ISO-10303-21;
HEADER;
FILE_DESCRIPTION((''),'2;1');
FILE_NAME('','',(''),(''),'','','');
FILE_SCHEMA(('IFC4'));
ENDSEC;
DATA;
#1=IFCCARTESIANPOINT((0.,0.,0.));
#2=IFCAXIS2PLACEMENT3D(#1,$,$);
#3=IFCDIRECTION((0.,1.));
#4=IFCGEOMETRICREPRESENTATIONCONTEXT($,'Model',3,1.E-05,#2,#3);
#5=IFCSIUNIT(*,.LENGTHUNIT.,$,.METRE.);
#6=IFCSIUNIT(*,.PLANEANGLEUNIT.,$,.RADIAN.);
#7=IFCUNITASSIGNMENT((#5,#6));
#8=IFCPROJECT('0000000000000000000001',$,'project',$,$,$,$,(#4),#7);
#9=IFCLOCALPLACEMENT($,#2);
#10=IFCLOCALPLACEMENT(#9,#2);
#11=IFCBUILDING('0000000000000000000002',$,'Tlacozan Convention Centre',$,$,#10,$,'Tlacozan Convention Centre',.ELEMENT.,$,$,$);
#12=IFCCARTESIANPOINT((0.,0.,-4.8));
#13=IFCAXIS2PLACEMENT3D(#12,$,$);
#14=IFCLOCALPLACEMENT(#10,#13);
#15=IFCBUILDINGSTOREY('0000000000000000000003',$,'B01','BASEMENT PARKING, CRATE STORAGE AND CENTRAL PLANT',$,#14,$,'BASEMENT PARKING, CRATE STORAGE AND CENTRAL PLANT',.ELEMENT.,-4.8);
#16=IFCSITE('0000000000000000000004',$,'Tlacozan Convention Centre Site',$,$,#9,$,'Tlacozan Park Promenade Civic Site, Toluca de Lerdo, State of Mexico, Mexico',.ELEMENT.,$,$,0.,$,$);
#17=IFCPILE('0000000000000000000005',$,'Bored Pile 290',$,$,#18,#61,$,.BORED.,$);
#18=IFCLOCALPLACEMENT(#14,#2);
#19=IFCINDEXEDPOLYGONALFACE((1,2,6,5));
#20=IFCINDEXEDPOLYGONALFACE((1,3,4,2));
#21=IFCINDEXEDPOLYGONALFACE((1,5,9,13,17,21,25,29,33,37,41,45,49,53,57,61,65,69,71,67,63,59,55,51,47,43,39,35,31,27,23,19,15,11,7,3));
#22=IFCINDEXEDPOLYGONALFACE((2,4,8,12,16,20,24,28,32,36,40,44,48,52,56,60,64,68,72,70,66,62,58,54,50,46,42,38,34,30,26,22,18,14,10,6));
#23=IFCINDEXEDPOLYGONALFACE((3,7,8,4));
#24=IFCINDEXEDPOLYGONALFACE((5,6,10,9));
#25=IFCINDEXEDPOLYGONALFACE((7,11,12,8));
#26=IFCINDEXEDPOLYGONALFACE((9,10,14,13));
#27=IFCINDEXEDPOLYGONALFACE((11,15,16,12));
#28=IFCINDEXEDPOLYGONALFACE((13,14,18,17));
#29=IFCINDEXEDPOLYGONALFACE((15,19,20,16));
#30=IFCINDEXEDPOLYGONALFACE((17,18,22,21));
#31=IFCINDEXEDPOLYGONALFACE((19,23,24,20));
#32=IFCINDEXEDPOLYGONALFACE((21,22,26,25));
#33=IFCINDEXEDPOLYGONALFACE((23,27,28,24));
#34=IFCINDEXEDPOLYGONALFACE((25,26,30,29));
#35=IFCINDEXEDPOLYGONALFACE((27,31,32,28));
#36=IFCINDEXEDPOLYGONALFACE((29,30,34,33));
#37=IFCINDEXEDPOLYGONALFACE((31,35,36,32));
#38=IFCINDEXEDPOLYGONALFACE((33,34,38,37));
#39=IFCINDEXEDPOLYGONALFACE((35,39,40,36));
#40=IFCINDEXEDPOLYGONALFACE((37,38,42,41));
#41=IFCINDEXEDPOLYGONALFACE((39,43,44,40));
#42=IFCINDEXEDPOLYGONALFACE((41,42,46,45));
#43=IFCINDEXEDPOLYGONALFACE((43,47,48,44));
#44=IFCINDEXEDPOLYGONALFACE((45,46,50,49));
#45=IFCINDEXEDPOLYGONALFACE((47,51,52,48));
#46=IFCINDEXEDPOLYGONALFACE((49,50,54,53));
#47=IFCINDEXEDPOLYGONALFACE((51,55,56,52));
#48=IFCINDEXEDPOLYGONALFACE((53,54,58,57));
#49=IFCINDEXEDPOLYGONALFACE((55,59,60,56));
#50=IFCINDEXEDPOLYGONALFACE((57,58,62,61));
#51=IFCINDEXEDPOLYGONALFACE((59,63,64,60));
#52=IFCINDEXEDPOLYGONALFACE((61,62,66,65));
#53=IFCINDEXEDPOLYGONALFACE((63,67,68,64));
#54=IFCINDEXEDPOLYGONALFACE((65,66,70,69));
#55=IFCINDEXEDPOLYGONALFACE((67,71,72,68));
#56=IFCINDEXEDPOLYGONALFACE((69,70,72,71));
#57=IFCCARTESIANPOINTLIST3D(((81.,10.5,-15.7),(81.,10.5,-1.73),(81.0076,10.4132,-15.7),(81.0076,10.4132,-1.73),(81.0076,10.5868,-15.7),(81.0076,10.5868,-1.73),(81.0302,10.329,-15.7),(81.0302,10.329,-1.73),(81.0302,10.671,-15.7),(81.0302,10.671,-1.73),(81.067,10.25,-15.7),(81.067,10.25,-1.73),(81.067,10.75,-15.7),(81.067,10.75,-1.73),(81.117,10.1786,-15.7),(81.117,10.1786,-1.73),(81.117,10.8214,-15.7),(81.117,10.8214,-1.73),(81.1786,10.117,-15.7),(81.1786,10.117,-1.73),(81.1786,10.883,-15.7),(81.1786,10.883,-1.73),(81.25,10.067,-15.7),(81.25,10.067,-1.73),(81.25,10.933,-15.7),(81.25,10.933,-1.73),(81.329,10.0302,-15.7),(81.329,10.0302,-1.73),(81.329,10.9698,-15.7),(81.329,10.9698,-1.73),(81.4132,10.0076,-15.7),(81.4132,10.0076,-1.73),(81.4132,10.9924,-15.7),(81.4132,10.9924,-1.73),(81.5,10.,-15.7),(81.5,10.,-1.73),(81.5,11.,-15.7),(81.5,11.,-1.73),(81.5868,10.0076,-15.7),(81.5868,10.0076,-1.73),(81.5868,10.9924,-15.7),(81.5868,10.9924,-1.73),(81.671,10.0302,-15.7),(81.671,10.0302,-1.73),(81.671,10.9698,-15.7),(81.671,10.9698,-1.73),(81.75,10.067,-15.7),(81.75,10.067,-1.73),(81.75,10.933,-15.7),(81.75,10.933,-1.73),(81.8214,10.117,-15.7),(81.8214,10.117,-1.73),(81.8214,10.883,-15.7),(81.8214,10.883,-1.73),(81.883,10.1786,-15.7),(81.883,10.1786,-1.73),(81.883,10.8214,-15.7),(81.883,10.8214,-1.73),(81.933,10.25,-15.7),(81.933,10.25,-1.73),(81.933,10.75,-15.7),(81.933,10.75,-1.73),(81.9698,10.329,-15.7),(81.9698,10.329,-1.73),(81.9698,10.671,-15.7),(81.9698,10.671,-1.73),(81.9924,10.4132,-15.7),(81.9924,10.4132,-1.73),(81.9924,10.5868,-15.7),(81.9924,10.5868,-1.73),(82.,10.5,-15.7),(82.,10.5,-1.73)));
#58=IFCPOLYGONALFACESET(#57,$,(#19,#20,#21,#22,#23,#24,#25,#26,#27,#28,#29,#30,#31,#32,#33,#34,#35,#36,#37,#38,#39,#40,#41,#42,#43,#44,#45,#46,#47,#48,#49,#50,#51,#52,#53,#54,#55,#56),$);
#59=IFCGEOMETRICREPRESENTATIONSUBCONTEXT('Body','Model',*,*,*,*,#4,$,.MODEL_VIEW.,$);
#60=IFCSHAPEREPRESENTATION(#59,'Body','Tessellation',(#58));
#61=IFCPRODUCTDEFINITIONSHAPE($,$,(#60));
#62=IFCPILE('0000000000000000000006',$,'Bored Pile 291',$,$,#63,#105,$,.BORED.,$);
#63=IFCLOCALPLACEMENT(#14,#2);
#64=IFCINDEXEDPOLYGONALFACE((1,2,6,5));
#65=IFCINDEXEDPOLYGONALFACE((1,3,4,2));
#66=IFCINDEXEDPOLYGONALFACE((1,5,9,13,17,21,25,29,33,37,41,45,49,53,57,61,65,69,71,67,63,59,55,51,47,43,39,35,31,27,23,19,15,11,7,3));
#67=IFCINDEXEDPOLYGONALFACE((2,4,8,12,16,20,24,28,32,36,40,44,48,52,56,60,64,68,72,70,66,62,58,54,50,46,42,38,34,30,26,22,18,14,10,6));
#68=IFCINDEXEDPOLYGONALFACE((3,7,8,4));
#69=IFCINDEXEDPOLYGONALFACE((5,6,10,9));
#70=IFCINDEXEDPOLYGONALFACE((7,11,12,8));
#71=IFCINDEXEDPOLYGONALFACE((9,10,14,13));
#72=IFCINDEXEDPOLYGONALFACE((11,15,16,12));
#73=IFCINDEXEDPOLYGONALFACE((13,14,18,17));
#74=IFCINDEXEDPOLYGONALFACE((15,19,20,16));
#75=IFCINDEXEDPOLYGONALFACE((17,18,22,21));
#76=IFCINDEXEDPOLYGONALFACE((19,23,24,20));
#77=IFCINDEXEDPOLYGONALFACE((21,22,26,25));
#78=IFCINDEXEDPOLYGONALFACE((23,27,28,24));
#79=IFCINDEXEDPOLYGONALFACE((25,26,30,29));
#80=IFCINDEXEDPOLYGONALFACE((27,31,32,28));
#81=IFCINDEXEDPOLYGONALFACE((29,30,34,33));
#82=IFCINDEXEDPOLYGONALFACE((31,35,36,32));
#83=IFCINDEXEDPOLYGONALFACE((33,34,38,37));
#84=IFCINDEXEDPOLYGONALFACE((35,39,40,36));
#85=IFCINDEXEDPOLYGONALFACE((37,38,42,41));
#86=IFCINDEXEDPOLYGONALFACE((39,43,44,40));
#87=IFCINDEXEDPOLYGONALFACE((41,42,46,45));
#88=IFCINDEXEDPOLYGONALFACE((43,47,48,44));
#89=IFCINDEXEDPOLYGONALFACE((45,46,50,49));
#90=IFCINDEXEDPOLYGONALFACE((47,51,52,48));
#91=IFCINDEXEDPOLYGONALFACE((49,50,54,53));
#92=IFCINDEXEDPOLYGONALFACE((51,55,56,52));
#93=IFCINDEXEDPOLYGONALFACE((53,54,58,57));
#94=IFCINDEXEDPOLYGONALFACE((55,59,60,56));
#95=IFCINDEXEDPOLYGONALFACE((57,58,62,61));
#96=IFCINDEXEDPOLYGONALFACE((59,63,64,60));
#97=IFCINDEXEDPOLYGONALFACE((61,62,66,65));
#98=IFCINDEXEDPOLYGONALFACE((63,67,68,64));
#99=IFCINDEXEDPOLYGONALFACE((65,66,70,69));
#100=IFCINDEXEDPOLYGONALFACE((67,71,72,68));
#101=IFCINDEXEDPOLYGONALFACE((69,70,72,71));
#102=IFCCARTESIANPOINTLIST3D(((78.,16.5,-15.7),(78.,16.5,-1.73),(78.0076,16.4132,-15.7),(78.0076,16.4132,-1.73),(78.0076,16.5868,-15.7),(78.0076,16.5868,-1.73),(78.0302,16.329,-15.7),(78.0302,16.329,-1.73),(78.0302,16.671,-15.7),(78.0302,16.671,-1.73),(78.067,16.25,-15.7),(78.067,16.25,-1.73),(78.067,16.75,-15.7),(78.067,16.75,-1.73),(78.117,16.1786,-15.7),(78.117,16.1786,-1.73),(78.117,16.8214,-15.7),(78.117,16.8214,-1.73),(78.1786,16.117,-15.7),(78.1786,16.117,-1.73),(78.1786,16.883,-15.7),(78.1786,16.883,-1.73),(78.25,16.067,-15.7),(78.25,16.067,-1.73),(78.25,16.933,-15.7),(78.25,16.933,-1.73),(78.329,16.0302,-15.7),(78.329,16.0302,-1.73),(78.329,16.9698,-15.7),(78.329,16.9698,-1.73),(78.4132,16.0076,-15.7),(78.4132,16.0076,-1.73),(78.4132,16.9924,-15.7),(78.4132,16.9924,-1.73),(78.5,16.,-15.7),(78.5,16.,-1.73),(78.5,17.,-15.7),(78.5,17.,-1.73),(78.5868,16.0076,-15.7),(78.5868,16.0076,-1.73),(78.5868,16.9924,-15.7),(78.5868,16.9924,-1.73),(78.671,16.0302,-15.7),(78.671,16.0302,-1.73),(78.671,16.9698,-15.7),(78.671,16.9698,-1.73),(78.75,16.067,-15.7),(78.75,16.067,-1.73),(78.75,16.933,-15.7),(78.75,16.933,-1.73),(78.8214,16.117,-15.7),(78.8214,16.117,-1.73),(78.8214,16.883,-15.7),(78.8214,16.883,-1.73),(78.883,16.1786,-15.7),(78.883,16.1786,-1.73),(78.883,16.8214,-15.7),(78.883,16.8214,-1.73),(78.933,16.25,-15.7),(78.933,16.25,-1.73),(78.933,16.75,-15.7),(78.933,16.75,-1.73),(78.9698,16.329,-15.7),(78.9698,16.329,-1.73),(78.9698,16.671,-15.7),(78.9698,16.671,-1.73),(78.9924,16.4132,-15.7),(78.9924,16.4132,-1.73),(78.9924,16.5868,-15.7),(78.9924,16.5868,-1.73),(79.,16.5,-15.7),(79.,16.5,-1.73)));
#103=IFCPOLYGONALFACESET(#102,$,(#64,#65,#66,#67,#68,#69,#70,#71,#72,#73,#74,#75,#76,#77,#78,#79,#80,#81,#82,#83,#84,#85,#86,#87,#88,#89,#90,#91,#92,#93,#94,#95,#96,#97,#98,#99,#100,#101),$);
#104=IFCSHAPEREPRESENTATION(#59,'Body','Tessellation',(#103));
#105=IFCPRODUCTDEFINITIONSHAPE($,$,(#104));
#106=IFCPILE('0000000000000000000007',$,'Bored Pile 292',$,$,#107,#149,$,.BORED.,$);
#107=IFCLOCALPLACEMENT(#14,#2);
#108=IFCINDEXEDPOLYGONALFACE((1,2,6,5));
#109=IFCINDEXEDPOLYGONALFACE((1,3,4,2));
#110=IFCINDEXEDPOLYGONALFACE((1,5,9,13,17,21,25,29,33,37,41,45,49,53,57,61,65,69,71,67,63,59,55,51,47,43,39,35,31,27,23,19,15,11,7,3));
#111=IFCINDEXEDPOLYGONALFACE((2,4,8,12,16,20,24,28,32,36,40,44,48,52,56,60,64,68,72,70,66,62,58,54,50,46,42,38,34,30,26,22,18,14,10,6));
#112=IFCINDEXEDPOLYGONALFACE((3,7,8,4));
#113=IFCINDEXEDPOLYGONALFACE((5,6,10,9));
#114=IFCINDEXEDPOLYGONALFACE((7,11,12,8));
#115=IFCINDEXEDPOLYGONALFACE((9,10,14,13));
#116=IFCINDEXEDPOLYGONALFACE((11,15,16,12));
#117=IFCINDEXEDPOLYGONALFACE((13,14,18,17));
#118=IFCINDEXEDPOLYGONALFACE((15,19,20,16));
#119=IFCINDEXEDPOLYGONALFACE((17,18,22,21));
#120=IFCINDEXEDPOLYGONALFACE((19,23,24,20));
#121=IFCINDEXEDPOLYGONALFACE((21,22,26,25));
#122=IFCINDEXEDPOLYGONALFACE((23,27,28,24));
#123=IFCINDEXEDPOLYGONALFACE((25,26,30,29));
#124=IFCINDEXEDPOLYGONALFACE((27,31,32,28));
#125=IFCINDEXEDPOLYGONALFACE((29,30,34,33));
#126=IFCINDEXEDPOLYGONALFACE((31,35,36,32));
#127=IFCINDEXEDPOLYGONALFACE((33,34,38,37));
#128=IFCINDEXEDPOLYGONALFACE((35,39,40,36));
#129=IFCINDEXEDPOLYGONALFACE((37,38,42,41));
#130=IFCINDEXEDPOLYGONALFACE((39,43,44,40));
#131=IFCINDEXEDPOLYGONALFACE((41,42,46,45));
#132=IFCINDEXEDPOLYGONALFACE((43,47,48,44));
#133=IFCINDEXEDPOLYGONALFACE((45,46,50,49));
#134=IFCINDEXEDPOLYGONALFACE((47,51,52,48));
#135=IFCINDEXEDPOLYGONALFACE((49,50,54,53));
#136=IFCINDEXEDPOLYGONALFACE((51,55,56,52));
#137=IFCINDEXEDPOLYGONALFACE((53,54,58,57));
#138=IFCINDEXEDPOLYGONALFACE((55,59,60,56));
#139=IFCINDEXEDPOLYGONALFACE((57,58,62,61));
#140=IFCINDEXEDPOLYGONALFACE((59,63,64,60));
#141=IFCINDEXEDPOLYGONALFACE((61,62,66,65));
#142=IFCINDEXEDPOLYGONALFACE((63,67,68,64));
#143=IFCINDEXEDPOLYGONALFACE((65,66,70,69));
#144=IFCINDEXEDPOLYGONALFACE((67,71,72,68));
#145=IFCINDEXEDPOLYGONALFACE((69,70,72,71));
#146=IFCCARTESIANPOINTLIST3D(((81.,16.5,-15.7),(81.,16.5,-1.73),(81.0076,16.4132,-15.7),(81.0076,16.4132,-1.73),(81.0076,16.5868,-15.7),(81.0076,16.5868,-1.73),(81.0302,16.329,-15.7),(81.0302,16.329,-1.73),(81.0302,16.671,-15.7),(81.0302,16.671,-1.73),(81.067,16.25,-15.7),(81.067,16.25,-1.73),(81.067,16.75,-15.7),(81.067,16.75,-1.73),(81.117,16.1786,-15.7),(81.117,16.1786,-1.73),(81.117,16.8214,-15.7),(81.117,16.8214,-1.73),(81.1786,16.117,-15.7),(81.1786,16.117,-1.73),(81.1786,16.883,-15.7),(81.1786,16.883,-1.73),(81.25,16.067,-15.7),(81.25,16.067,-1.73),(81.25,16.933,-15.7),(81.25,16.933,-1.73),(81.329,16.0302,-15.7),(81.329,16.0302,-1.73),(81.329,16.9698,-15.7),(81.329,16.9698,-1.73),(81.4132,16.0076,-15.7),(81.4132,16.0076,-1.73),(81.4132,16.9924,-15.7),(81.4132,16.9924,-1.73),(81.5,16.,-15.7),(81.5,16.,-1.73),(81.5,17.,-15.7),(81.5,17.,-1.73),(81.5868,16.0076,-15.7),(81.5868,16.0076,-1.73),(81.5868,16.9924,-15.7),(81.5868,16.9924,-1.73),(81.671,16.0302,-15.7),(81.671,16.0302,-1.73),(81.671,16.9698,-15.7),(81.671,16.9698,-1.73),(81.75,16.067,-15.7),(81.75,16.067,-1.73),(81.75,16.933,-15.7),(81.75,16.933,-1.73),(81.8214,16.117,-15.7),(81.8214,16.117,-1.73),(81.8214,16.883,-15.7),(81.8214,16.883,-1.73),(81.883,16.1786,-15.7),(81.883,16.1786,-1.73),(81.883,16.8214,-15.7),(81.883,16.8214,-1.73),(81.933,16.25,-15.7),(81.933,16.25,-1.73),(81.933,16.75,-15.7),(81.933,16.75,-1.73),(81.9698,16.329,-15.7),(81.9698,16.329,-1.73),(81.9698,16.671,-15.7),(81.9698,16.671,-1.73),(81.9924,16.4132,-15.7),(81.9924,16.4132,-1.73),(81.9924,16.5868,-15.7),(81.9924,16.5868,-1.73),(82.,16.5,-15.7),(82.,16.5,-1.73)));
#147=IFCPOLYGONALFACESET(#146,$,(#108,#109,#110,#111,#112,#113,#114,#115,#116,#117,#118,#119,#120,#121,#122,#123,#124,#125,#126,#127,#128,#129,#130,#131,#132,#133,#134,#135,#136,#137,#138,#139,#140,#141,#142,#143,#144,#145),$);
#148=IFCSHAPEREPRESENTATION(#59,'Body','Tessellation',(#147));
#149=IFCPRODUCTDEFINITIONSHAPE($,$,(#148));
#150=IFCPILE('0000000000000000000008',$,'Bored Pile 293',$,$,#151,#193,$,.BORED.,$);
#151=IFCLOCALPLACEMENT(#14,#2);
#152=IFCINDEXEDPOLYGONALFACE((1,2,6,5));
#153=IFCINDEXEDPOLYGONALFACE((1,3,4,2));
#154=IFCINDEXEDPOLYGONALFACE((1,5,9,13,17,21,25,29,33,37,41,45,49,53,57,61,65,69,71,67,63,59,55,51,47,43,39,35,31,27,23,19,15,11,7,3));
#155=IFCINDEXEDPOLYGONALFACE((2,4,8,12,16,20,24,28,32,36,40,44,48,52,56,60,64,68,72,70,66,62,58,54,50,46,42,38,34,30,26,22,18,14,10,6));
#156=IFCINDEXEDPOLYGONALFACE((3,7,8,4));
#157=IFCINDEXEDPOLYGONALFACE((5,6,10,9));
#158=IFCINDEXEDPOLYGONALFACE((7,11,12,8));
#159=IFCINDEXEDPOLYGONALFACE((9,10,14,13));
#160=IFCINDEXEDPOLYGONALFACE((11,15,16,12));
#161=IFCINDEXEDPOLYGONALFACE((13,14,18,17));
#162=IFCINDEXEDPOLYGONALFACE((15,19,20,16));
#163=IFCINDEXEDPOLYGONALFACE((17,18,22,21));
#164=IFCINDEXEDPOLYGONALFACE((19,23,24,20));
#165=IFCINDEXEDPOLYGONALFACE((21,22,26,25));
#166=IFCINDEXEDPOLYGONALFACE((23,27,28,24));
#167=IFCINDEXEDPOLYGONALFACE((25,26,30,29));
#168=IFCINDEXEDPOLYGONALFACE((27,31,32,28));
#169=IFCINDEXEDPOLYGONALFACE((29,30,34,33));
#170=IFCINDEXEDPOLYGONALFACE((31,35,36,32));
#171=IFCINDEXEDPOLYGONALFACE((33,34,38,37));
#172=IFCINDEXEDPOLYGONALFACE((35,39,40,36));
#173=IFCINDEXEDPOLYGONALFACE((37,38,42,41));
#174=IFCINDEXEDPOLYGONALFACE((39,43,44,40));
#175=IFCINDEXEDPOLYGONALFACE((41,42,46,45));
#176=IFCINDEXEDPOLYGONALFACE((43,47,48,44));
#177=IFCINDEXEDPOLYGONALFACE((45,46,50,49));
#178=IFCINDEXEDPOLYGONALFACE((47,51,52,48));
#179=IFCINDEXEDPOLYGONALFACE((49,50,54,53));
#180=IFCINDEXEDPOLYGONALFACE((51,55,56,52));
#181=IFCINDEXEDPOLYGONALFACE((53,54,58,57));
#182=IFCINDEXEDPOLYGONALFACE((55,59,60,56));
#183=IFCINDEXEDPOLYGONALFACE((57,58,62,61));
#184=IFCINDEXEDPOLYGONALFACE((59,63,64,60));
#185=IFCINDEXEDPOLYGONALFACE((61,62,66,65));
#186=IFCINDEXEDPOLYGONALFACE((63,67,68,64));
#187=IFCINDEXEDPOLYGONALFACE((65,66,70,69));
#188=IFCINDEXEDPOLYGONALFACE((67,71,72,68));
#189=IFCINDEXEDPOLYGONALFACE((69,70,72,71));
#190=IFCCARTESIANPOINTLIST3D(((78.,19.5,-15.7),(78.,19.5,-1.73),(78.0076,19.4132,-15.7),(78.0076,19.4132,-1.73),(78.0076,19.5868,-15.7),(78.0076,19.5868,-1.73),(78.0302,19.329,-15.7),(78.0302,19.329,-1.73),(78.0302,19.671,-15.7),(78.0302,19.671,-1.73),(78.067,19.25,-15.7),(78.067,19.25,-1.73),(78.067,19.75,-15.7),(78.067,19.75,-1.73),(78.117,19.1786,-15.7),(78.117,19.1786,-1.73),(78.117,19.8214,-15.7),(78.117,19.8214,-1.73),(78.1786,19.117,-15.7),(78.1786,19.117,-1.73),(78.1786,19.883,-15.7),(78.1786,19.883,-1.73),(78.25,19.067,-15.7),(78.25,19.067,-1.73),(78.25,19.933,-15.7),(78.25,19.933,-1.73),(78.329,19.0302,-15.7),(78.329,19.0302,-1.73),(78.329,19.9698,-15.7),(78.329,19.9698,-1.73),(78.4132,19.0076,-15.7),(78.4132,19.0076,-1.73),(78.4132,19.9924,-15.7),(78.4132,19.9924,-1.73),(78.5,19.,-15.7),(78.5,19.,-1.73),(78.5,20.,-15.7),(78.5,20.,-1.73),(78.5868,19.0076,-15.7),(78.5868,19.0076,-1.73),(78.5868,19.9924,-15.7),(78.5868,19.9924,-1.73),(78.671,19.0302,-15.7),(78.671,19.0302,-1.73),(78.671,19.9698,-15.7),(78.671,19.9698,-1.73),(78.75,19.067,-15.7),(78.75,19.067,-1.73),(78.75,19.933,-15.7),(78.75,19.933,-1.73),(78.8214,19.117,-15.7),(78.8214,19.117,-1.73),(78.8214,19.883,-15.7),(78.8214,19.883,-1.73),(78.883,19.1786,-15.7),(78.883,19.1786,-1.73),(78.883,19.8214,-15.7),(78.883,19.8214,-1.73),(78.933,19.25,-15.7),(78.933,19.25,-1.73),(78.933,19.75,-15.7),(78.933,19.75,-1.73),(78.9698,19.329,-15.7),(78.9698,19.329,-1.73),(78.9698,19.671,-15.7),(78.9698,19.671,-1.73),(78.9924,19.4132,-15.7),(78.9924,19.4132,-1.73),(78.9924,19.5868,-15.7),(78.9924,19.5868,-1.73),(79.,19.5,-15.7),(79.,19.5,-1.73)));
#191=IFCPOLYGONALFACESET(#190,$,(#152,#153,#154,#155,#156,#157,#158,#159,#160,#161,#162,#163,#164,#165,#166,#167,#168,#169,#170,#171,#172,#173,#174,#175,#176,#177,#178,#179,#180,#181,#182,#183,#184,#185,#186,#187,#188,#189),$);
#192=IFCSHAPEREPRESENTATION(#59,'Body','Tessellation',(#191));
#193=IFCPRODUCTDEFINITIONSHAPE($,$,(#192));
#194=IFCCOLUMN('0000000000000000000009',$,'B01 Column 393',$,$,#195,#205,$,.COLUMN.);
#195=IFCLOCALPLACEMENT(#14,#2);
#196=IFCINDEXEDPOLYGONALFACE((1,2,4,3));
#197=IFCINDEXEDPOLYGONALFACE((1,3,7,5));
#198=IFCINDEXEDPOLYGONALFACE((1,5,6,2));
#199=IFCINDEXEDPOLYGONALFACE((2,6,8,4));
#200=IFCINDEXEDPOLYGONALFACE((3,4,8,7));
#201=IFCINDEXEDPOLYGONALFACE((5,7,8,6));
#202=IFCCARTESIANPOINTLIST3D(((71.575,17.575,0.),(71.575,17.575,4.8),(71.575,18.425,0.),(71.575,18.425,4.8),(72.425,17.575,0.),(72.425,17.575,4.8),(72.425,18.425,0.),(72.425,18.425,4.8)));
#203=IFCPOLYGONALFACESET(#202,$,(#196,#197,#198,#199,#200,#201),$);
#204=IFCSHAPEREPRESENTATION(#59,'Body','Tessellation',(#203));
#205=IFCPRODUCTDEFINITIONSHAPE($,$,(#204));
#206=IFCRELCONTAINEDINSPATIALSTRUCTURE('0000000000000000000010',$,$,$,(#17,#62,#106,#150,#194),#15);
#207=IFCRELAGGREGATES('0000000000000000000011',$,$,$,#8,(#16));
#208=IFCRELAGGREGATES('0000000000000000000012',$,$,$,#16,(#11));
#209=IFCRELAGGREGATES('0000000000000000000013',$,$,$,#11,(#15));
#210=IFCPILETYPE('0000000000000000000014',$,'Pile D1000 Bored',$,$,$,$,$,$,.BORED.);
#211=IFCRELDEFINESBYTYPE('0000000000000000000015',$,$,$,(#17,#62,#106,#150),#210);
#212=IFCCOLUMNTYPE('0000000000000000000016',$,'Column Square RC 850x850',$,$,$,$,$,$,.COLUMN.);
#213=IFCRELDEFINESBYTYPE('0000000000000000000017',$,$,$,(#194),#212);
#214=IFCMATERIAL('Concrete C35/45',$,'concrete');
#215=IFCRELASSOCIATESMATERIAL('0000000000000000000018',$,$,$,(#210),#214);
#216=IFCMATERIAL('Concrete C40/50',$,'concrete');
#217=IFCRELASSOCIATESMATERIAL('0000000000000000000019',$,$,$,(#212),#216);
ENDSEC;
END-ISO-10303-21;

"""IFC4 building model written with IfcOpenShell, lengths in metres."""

from ifc_helpers import new_model, si_unit, direction, frame, origin, origin_2d, place, context, subcontext, project, spatial, rectangle, circle, extrude, material, material_profile, profile_set, type_object, element, save


model = new_model("IFC4")

# Units and contexts
model_context = context("Model", 3, precision=1e-05, world=origin(), true_north=direction((0.0, 1.0)))
body_context = subcontext(model_context, "Body", "Model", "MODEL_VIEW")
ifc_project = project(units=[si_unit("LENGTHUNIT", "METRE"), si_unit("PLANEANGLEUNIT", "RADIAN")], contexts=[model_context])

# Site, building, storey
site_placement = place(None, origin())
site = spatial("IfcSite", under=ifc_project, at=site_placement, Name="Tlacozan Convention Centre Site", LongName="Tlacozan Park Promenade Civic Site, Toluca de Lerdo, State of Mexico, Mexico", CompositionType="ELEMENT", RefElevation=0.0)
building_placement = place(site_placement, origin())
building = spatial("IfcBuilding", under=site, at=building_placement, Name="Tlacozan Convention Centre", LongName="Tlacozan Convention Centre", CompositionType="ELEMENT")
storey_placement = place(building_placement, frame((0.0, 0.0, -4.8)))
storey = spatial("IfcBuildingStorey", under=building, at=storey_placement, Name="B01", Description="BASEMENT PARKING, CRATE STORAGE AND CENTRAL PLANT", LongName="BASEMENT PARKING, CRATE STORAGE AND CENTRAL PLANT", CompositionType="ELEMENT", Elevation=-4.8)

# Shared definitions
ifc_material_1 = material(Name="Concrete C35/45", Category="concrete")

# Piles
ifc_material_profile_1 = material_profile(ifc_material_1, circle(Radius=0.5, at=origin_2d()), Name="PILE D1000")
ifc_profile_set_1 = profile_set([ifc_material_profile_1], Name="Concrete C35/45")
pile_type = type_object("IfcPileType", Name="Pile D1000 Bored", PredefinedType="BORED", material=ifc_profile_set_1)
for number, where, z_axis, x_axis, name in (
    (1, (81.5, 10.5, -1.73), (0.0, 0.0, -1.0), (1.0, 0.0, 0.0), "Bored Pile 290"),
    (2, (78.5, 16.5, -1.73), (0.0, 0.0, -1.0), (1.0, 0.0, 0.0), "Bored Pile 291"),
    (3, (81.5, 16.5, -1.73), (0.0, 0.0, -1.0), (1.0, 0.0, 0.0), "Bored Pile 292"),
    (4, (78.5, 19.5, -1.73), (0.0, 0.0, -1.0), (1.0, 0.0, 0.0), "Bored Pile 293"),
):
    element("IfcPile", number, at=place(storey_placement, frame(where, z_axis=z_axis, x_axis=x_axis)), inside=storey, type_object=pile_type, Name=name, PredefinedType="BORED", context=body_context, shape_type="SweptSolid", body=[
        extrude(circle(Radius=0.5, at=origin_2d()), origin(), (0.0, 0.0, 1.0), 13.97),
    ])

# Column
ifc_material_2 = material(Name="Concrete C40/50", Category="concrete")
ifc_material_profile_2 = material_profile(ifc_material_2, rectangle(XDim=0.8501, YDim=0.8501, at=origin_2d()), Name="RC 850x850")
ifc_profile_set_2 = profile_set([ifc_material_profile_2], Name="Concrete C40/50")
column_type = type_object("IfcColumnType", Name="Column Square RC 850x850", PredefinedType="COLUMN", material=ifc_profile_set_2)
for number, where, z_axis, x_axis, name in (
    (5, (72.0, 18.0, 0.0), (0.0, 0.0, 1.0), (1.0, 0.0, 0.0), "B01 Column 393"),
):
    element("IfcColumn", number, at=place(storey_placement, frame(where, z_axis=z_axis, x_axis=x_axis)), inside=storey, type_object=column_type, Name=name, PredefinedType="COLUMN", context=body_context, shape_type="SweptSolid", body=[
        extrude(rectangle(XDim=0.8501, YDim=0.8501, at=origin_2d()), origin(), (0.0, 0.0, 1.0), 4.8),
    ])

save(model, "model.ifc")
